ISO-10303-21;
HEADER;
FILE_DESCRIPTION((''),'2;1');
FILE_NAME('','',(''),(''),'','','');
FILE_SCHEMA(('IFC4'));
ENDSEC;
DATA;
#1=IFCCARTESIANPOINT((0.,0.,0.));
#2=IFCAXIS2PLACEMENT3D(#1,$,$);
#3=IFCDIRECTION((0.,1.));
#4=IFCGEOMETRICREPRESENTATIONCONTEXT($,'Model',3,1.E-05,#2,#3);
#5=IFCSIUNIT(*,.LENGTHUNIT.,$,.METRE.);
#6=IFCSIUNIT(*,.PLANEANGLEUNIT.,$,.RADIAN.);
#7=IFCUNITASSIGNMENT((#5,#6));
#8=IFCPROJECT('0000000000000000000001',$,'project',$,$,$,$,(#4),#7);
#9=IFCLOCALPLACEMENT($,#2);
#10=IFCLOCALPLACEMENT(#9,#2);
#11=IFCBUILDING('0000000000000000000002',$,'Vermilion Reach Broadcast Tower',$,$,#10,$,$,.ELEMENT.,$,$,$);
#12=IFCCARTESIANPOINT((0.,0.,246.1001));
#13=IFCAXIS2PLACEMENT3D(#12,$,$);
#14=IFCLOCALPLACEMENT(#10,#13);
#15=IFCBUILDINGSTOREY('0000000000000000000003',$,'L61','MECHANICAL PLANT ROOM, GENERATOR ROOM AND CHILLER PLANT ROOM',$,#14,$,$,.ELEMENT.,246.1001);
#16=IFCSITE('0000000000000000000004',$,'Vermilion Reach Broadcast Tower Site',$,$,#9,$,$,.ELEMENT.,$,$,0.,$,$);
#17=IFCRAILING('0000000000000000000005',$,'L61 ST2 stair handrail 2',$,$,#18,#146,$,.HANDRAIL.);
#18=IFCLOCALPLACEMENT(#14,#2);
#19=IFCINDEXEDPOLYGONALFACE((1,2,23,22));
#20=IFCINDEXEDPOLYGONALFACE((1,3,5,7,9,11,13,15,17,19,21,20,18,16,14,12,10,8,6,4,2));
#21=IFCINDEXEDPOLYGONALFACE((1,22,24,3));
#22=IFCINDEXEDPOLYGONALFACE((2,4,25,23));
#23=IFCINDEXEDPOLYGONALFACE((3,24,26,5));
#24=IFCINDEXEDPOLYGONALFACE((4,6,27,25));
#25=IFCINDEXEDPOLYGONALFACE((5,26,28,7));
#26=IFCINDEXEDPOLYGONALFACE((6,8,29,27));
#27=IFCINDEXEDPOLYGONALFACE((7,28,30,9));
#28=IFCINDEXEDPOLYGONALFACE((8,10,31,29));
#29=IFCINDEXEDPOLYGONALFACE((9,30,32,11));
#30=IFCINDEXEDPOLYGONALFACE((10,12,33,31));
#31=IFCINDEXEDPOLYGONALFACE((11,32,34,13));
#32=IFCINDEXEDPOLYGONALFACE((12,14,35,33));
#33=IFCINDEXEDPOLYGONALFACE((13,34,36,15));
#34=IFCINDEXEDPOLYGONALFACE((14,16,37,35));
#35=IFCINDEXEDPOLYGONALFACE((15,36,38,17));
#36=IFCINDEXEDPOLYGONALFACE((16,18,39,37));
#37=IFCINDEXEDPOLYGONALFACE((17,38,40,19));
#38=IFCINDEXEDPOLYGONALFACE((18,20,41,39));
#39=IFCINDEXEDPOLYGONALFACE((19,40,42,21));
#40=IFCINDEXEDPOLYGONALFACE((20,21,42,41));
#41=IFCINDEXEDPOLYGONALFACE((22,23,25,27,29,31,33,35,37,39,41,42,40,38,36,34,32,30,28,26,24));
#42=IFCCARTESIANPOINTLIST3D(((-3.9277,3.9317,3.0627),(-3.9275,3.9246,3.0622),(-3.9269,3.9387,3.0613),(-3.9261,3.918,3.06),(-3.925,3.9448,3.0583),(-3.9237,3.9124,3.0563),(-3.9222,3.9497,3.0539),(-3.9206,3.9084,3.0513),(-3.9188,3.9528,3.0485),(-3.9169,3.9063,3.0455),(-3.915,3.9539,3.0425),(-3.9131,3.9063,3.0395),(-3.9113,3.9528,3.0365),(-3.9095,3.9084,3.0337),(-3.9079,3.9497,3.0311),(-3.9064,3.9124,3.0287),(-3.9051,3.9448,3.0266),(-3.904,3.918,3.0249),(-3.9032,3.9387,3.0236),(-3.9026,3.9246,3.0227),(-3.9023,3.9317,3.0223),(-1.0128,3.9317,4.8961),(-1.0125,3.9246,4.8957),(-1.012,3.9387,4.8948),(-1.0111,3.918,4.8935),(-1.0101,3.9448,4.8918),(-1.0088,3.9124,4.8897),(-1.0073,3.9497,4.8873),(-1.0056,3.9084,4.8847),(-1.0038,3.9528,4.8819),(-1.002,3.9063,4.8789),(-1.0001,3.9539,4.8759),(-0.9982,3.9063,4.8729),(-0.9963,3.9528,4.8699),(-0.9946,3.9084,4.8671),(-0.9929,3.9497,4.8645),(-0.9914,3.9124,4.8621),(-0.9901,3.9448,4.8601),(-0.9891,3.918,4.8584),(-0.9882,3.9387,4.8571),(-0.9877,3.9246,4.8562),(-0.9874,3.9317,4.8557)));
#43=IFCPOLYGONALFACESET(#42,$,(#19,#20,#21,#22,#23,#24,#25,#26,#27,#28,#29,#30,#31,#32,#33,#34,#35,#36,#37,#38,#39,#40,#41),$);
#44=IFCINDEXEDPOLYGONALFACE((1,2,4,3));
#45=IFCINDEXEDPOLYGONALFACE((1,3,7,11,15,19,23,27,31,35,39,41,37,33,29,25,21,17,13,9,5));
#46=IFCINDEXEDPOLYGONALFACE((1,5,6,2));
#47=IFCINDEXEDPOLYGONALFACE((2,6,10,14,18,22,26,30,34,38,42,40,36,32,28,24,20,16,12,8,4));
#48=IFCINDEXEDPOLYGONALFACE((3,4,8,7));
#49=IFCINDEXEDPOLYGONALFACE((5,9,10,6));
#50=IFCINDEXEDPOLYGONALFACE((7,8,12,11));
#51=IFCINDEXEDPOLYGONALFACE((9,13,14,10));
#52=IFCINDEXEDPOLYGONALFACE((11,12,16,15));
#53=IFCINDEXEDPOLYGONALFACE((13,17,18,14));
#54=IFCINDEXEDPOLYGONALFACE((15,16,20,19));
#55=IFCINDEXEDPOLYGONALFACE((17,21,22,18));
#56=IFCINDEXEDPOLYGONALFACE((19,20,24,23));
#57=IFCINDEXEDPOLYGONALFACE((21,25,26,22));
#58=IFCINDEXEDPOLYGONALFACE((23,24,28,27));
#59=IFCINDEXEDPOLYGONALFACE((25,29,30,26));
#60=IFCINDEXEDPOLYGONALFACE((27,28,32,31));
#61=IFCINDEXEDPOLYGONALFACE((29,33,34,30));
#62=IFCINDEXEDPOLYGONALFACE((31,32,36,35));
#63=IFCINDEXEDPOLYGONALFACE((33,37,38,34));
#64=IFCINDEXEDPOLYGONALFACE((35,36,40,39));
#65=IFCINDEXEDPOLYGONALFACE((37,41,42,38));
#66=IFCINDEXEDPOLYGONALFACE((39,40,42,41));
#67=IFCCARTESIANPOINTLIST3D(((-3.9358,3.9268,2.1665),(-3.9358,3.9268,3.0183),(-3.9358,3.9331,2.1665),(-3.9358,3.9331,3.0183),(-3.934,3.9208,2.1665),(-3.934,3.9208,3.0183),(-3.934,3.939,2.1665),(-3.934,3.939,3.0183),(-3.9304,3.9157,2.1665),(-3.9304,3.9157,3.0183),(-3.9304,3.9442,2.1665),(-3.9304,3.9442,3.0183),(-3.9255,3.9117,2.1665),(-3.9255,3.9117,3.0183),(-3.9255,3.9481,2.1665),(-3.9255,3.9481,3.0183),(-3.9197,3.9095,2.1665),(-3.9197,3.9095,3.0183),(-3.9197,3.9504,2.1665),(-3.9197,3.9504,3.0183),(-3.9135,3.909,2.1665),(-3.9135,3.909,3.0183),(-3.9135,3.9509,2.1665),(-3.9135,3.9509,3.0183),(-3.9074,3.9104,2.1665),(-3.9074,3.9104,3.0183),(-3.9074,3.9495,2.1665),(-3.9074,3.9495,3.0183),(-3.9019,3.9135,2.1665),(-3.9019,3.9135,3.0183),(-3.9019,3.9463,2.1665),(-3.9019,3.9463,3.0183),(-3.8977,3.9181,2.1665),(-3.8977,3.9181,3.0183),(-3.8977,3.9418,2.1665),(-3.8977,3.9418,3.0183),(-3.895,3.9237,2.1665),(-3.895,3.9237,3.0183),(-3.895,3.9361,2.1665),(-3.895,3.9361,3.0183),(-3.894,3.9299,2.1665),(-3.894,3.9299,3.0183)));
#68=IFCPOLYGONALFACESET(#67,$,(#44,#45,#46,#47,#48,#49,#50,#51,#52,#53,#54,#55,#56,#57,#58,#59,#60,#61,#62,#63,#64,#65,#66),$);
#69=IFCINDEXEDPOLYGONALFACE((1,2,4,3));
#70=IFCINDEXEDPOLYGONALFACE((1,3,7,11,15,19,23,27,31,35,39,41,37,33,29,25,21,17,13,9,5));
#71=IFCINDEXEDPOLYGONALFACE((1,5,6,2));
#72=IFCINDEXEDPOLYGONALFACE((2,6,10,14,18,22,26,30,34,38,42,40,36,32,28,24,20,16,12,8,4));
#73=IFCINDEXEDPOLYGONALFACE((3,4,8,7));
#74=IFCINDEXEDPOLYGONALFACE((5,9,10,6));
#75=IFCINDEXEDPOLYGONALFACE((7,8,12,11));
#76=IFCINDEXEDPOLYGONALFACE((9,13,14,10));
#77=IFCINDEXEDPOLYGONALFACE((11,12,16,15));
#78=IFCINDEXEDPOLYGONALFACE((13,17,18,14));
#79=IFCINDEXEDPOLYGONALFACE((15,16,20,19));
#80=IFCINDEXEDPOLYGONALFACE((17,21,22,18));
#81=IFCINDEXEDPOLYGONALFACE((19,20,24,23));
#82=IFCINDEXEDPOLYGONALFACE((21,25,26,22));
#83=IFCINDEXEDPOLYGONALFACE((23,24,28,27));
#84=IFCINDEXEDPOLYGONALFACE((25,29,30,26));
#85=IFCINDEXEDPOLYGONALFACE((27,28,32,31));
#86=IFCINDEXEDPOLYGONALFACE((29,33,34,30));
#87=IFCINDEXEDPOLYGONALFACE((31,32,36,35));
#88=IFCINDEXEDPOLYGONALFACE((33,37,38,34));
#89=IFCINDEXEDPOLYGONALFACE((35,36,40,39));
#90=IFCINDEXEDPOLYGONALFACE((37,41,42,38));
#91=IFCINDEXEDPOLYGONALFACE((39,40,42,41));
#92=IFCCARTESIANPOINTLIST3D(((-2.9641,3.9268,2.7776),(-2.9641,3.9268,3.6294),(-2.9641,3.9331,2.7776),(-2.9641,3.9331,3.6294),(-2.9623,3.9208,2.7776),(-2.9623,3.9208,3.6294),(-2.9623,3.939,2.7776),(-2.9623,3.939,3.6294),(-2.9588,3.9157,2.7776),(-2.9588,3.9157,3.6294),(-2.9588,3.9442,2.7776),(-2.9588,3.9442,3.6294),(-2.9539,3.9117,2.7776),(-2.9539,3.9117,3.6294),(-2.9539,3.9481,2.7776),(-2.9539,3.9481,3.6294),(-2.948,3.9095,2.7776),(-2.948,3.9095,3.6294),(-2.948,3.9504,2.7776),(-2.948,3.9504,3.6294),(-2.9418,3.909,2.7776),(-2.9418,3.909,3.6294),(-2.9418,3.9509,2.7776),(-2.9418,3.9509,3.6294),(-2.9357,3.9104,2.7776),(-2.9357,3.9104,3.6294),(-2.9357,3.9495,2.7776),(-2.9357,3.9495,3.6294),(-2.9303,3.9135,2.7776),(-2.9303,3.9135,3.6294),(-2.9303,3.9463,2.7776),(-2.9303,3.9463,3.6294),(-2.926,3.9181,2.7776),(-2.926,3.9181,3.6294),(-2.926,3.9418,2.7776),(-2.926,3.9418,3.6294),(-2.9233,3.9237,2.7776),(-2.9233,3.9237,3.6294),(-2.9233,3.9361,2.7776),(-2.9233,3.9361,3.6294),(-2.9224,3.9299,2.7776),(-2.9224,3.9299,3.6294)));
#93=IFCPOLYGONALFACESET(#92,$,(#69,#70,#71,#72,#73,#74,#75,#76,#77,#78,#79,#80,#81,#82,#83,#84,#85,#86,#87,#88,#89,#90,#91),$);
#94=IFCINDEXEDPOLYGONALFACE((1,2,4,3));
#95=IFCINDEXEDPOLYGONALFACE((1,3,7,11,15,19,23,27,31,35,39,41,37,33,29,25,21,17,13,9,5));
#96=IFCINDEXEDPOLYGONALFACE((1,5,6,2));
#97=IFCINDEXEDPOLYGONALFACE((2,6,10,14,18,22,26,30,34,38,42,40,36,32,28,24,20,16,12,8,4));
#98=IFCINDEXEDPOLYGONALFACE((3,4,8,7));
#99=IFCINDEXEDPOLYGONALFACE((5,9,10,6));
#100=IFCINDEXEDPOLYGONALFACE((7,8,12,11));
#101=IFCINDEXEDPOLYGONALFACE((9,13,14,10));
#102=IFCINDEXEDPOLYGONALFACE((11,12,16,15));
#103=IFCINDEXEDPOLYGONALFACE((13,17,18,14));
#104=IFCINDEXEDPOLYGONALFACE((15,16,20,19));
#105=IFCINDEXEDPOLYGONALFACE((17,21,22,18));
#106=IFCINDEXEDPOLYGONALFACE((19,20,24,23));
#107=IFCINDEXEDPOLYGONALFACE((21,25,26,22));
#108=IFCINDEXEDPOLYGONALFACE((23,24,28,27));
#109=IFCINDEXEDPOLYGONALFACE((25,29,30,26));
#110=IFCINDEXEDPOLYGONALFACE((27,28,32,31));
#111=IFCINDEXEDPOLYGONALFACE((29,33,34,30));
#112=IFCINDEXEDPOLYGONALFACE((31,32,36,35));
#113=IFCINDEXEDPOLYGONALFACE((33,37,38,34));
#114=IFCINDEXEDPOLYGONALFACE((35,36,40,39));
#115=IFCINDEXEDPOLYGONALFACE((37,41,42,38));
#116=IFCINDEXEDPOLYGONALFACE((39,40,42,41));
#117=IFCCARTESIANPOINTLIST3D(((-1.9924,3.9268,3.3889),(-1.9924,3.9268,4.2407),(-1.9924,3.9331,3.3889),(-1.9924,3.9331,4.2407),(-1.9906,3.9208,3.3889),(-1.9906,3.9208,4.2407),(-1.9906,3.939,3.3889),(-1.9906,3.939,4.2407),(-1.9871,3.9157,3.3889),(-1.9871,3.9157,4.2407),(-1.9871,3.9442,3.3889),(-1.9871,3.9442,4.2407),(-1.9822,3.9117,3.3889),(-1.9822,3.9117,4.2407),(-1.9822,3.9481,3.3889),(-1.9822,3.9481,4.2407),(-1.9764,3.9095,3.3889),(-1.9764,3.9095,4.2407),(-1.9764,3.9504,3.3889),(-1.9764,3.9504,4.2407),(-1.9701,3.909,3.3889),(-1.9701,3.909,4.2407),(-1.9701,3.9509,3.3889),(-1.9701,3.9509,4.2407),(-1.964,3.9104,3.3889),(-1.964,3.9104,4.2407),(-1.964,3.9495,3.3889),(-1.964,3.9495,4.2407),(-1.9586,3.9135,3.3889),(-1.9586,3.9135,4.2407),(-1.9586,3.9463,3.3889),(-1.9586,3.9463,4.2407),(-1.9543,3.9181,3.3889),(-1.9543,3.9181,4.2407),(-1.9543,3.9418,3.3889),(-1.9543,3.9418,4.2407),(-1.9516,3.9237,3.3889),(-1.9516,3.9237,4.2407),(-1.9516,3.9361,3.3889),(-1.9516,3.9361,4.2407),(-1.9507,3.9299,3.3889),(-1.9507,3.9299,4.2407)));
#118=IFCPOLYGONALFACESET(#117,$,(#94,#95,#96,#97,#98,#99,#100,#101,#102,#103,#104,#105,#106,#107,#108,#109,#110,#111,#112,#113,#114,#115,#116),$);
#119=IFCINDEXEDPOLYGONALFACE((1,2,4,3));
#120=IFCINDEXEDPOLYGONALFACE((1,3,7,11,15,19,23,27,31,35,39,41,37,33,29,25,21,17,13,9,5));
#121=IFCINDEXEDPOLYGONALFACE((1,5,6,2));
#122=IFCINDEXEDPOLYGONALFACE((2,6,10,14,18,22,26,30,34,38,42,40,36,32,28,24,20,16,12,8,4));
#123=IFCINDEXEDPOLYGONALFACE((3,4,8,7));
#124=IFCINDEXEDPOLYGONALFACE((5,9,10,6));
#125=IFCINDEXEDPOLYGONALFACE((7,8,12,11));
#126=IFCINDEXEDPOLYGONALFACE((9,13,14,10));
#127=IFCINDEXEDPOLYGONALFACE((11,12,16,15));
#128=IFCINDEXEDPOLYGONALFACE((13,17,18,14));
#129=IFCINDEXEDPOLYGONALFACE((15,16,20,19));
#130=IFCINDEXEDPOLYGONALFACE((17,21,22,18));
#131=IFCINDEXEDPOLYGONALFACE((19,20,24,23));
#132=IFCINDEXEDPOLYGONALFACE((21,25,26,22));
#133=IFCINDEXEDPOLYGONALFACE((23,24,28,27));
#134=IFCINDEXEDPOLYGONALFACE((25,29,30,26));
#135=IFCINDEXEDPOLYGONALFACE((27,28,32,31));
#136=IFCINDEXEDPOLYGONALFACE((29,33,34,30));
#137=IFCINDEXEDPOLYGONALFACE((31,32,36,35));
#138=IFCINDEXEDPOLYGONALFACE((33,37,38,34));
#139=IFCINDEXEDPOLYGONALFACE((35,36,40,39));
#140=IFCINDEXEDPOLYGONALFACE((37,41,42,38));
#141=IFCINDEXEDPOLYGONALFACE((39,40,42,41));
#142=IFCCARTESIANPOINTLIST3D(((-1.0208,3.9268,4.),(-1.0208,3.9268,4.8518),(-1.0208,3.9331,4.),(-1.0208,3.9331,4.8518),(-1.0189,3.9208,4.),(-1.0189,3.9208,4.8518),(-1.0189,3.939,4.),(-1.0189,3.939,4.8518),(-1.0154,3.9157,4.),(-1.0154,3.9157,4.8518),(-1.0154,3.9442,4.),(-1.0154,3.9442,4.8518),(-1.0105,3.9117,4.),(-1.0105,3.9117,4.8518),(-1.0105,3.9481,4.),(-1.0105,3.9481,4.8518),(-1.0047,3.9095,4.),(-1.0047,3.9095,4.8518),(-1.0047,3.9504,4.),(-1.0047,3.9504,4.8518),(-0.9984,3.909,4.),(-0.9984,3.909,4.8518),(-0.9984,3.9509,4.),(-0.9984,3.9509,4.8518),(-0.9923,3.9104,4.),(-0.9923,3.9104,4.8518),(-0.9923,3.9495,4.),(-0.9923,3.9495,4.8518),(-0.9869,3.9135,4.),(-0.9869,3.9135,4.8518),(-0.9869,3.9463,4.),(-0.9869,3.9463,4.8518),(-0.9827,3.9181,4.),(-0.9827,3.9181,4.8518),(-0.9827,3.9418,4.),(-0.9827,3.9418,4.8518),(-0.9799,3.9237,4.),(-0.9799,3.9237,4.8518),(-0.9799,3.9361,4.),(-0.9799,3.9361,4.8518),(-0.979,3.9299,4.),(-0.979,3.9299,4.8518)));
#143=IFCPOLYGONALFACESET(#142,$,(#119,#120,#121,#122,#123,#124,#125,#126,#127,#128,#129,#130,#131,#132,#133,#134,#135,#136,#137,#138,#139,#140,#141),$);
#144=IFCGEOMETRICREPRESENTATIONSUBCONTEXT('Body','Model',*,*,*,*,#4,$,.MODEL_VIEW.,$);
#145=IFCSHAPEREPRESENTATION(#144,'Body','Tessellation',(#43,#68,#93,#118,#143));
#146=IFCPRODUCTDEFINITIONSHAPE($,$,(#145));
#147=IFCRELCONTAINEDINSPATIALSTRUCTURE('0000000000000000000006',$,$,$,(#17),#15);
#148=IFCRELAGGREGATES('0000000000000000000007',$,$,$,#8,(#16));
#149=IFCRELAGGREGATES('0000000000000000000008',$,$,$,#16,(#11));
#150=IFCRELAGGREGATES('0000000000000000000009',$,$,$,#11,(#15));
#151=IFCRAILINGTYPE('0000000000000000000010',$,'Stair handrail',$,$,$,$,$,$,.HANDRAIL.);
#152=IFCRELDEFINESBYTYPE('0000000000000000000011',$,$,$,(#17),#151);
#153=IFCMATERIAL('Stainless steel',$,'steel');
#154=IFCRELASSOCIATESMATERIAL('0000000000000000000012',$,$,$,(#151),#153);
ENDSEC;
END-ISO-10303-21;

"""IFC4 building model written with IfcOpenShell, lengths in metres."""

from ifc_helpers import new_model, si_unit, direction, frame, origin, origin_2d, place, context, subcontext, project, spatial, circle, extrude, material, type_object, element, save


model = new_model("IFC4")

# Units and contexts
model_context = context("Model", 3, precision=1e-05, world=origin(), true_north=direction((0.0, 1.0)))
body_context = subcontext(model_context, "Body", "Model", "MODEL_VIEW")
ifc_project = project(units=[si_unit("LENGTHUNIT", "METRE"), si_unit("PLANEANGLEUNIT", "RADIAN")], contexts=[model_context])

# Site, building, storey
site_placement = place(None, origin())
site = spatial("IfcSite", under=ifc_project, at=site_placement, Name="Vermilion Reach Broadcast Tower Site", CompositionType="ELEMENT", RefElevation=0.0)
building_placement = place(site_placement, origin())
building = spatial("IfcBuilding", under=site, at=building_placement, Name="Vermilion Reach Broadcast Tower", CompositionType="ELEMENT")
storey_placement = place(building_placement, frame((0.0, 0.0, 246.1001)))
storey = spatial("IfcBuildingStorey", under=building, at=storey_placement, Name="L61", Description="MECHANICAL PLANT ROOM, GENERATOR ROOM AND CHILLER PLANT ROOM", CompositionType="ELEMENT", Elevation=246.1001)

# Railing
ifc_material_1 = material(Name="Stainless steel", Category="steel")
railing_type_1 = type_object("IfcRailingType", Name="Stair handrail", PredefinedType="HANDRAIL", material=ifc_material_1)
railing_1_placement = place(storey_placement, frame((-3.915, 3.9299, 2.1665)))
element("IfcRailing", 1, at=railing_1_placement, inside=storey, type_object=railing_type_1, Name="L61 ST2 stair handrail 2", PredefinedType="HANDRAIL", context=body_context, shape_type="SweptSolid", body=[
    extrude(circle(Radius=0.0239, at=origin_2d()), frame((0.0, 0.0, 0.876), z_axis=(0.846481, 0.0, 0.532418), x_axis=(0.0, 1.0, 0.0)), (0.0, 0.0, 1.0), 3.4436),
    extrude(circle(Radius=0.021, at=origin_2d()), origin(), (0.0, 0.0, 1.0), 0.8518),
    extrude(circle(Radius=0.021, at=origin_2d()), frame((0.9717, 0.0, 0.6111)), (0.0, 0.0, 1.0), 0.8518),
    extrude(circle(Radius=0.021, at=origin_2d()), frame((1.9434, 0.0, 1.2224)), (0.0, 0.0, 1.0), 0.8518),
    extrude(circle(Radius=0.021, at=origin_2d()), frame((2.915, 0.0, 1.8335)), (0.0, 0.0, 1.0), 0.8518),
])

save(model, "model.ifc")
